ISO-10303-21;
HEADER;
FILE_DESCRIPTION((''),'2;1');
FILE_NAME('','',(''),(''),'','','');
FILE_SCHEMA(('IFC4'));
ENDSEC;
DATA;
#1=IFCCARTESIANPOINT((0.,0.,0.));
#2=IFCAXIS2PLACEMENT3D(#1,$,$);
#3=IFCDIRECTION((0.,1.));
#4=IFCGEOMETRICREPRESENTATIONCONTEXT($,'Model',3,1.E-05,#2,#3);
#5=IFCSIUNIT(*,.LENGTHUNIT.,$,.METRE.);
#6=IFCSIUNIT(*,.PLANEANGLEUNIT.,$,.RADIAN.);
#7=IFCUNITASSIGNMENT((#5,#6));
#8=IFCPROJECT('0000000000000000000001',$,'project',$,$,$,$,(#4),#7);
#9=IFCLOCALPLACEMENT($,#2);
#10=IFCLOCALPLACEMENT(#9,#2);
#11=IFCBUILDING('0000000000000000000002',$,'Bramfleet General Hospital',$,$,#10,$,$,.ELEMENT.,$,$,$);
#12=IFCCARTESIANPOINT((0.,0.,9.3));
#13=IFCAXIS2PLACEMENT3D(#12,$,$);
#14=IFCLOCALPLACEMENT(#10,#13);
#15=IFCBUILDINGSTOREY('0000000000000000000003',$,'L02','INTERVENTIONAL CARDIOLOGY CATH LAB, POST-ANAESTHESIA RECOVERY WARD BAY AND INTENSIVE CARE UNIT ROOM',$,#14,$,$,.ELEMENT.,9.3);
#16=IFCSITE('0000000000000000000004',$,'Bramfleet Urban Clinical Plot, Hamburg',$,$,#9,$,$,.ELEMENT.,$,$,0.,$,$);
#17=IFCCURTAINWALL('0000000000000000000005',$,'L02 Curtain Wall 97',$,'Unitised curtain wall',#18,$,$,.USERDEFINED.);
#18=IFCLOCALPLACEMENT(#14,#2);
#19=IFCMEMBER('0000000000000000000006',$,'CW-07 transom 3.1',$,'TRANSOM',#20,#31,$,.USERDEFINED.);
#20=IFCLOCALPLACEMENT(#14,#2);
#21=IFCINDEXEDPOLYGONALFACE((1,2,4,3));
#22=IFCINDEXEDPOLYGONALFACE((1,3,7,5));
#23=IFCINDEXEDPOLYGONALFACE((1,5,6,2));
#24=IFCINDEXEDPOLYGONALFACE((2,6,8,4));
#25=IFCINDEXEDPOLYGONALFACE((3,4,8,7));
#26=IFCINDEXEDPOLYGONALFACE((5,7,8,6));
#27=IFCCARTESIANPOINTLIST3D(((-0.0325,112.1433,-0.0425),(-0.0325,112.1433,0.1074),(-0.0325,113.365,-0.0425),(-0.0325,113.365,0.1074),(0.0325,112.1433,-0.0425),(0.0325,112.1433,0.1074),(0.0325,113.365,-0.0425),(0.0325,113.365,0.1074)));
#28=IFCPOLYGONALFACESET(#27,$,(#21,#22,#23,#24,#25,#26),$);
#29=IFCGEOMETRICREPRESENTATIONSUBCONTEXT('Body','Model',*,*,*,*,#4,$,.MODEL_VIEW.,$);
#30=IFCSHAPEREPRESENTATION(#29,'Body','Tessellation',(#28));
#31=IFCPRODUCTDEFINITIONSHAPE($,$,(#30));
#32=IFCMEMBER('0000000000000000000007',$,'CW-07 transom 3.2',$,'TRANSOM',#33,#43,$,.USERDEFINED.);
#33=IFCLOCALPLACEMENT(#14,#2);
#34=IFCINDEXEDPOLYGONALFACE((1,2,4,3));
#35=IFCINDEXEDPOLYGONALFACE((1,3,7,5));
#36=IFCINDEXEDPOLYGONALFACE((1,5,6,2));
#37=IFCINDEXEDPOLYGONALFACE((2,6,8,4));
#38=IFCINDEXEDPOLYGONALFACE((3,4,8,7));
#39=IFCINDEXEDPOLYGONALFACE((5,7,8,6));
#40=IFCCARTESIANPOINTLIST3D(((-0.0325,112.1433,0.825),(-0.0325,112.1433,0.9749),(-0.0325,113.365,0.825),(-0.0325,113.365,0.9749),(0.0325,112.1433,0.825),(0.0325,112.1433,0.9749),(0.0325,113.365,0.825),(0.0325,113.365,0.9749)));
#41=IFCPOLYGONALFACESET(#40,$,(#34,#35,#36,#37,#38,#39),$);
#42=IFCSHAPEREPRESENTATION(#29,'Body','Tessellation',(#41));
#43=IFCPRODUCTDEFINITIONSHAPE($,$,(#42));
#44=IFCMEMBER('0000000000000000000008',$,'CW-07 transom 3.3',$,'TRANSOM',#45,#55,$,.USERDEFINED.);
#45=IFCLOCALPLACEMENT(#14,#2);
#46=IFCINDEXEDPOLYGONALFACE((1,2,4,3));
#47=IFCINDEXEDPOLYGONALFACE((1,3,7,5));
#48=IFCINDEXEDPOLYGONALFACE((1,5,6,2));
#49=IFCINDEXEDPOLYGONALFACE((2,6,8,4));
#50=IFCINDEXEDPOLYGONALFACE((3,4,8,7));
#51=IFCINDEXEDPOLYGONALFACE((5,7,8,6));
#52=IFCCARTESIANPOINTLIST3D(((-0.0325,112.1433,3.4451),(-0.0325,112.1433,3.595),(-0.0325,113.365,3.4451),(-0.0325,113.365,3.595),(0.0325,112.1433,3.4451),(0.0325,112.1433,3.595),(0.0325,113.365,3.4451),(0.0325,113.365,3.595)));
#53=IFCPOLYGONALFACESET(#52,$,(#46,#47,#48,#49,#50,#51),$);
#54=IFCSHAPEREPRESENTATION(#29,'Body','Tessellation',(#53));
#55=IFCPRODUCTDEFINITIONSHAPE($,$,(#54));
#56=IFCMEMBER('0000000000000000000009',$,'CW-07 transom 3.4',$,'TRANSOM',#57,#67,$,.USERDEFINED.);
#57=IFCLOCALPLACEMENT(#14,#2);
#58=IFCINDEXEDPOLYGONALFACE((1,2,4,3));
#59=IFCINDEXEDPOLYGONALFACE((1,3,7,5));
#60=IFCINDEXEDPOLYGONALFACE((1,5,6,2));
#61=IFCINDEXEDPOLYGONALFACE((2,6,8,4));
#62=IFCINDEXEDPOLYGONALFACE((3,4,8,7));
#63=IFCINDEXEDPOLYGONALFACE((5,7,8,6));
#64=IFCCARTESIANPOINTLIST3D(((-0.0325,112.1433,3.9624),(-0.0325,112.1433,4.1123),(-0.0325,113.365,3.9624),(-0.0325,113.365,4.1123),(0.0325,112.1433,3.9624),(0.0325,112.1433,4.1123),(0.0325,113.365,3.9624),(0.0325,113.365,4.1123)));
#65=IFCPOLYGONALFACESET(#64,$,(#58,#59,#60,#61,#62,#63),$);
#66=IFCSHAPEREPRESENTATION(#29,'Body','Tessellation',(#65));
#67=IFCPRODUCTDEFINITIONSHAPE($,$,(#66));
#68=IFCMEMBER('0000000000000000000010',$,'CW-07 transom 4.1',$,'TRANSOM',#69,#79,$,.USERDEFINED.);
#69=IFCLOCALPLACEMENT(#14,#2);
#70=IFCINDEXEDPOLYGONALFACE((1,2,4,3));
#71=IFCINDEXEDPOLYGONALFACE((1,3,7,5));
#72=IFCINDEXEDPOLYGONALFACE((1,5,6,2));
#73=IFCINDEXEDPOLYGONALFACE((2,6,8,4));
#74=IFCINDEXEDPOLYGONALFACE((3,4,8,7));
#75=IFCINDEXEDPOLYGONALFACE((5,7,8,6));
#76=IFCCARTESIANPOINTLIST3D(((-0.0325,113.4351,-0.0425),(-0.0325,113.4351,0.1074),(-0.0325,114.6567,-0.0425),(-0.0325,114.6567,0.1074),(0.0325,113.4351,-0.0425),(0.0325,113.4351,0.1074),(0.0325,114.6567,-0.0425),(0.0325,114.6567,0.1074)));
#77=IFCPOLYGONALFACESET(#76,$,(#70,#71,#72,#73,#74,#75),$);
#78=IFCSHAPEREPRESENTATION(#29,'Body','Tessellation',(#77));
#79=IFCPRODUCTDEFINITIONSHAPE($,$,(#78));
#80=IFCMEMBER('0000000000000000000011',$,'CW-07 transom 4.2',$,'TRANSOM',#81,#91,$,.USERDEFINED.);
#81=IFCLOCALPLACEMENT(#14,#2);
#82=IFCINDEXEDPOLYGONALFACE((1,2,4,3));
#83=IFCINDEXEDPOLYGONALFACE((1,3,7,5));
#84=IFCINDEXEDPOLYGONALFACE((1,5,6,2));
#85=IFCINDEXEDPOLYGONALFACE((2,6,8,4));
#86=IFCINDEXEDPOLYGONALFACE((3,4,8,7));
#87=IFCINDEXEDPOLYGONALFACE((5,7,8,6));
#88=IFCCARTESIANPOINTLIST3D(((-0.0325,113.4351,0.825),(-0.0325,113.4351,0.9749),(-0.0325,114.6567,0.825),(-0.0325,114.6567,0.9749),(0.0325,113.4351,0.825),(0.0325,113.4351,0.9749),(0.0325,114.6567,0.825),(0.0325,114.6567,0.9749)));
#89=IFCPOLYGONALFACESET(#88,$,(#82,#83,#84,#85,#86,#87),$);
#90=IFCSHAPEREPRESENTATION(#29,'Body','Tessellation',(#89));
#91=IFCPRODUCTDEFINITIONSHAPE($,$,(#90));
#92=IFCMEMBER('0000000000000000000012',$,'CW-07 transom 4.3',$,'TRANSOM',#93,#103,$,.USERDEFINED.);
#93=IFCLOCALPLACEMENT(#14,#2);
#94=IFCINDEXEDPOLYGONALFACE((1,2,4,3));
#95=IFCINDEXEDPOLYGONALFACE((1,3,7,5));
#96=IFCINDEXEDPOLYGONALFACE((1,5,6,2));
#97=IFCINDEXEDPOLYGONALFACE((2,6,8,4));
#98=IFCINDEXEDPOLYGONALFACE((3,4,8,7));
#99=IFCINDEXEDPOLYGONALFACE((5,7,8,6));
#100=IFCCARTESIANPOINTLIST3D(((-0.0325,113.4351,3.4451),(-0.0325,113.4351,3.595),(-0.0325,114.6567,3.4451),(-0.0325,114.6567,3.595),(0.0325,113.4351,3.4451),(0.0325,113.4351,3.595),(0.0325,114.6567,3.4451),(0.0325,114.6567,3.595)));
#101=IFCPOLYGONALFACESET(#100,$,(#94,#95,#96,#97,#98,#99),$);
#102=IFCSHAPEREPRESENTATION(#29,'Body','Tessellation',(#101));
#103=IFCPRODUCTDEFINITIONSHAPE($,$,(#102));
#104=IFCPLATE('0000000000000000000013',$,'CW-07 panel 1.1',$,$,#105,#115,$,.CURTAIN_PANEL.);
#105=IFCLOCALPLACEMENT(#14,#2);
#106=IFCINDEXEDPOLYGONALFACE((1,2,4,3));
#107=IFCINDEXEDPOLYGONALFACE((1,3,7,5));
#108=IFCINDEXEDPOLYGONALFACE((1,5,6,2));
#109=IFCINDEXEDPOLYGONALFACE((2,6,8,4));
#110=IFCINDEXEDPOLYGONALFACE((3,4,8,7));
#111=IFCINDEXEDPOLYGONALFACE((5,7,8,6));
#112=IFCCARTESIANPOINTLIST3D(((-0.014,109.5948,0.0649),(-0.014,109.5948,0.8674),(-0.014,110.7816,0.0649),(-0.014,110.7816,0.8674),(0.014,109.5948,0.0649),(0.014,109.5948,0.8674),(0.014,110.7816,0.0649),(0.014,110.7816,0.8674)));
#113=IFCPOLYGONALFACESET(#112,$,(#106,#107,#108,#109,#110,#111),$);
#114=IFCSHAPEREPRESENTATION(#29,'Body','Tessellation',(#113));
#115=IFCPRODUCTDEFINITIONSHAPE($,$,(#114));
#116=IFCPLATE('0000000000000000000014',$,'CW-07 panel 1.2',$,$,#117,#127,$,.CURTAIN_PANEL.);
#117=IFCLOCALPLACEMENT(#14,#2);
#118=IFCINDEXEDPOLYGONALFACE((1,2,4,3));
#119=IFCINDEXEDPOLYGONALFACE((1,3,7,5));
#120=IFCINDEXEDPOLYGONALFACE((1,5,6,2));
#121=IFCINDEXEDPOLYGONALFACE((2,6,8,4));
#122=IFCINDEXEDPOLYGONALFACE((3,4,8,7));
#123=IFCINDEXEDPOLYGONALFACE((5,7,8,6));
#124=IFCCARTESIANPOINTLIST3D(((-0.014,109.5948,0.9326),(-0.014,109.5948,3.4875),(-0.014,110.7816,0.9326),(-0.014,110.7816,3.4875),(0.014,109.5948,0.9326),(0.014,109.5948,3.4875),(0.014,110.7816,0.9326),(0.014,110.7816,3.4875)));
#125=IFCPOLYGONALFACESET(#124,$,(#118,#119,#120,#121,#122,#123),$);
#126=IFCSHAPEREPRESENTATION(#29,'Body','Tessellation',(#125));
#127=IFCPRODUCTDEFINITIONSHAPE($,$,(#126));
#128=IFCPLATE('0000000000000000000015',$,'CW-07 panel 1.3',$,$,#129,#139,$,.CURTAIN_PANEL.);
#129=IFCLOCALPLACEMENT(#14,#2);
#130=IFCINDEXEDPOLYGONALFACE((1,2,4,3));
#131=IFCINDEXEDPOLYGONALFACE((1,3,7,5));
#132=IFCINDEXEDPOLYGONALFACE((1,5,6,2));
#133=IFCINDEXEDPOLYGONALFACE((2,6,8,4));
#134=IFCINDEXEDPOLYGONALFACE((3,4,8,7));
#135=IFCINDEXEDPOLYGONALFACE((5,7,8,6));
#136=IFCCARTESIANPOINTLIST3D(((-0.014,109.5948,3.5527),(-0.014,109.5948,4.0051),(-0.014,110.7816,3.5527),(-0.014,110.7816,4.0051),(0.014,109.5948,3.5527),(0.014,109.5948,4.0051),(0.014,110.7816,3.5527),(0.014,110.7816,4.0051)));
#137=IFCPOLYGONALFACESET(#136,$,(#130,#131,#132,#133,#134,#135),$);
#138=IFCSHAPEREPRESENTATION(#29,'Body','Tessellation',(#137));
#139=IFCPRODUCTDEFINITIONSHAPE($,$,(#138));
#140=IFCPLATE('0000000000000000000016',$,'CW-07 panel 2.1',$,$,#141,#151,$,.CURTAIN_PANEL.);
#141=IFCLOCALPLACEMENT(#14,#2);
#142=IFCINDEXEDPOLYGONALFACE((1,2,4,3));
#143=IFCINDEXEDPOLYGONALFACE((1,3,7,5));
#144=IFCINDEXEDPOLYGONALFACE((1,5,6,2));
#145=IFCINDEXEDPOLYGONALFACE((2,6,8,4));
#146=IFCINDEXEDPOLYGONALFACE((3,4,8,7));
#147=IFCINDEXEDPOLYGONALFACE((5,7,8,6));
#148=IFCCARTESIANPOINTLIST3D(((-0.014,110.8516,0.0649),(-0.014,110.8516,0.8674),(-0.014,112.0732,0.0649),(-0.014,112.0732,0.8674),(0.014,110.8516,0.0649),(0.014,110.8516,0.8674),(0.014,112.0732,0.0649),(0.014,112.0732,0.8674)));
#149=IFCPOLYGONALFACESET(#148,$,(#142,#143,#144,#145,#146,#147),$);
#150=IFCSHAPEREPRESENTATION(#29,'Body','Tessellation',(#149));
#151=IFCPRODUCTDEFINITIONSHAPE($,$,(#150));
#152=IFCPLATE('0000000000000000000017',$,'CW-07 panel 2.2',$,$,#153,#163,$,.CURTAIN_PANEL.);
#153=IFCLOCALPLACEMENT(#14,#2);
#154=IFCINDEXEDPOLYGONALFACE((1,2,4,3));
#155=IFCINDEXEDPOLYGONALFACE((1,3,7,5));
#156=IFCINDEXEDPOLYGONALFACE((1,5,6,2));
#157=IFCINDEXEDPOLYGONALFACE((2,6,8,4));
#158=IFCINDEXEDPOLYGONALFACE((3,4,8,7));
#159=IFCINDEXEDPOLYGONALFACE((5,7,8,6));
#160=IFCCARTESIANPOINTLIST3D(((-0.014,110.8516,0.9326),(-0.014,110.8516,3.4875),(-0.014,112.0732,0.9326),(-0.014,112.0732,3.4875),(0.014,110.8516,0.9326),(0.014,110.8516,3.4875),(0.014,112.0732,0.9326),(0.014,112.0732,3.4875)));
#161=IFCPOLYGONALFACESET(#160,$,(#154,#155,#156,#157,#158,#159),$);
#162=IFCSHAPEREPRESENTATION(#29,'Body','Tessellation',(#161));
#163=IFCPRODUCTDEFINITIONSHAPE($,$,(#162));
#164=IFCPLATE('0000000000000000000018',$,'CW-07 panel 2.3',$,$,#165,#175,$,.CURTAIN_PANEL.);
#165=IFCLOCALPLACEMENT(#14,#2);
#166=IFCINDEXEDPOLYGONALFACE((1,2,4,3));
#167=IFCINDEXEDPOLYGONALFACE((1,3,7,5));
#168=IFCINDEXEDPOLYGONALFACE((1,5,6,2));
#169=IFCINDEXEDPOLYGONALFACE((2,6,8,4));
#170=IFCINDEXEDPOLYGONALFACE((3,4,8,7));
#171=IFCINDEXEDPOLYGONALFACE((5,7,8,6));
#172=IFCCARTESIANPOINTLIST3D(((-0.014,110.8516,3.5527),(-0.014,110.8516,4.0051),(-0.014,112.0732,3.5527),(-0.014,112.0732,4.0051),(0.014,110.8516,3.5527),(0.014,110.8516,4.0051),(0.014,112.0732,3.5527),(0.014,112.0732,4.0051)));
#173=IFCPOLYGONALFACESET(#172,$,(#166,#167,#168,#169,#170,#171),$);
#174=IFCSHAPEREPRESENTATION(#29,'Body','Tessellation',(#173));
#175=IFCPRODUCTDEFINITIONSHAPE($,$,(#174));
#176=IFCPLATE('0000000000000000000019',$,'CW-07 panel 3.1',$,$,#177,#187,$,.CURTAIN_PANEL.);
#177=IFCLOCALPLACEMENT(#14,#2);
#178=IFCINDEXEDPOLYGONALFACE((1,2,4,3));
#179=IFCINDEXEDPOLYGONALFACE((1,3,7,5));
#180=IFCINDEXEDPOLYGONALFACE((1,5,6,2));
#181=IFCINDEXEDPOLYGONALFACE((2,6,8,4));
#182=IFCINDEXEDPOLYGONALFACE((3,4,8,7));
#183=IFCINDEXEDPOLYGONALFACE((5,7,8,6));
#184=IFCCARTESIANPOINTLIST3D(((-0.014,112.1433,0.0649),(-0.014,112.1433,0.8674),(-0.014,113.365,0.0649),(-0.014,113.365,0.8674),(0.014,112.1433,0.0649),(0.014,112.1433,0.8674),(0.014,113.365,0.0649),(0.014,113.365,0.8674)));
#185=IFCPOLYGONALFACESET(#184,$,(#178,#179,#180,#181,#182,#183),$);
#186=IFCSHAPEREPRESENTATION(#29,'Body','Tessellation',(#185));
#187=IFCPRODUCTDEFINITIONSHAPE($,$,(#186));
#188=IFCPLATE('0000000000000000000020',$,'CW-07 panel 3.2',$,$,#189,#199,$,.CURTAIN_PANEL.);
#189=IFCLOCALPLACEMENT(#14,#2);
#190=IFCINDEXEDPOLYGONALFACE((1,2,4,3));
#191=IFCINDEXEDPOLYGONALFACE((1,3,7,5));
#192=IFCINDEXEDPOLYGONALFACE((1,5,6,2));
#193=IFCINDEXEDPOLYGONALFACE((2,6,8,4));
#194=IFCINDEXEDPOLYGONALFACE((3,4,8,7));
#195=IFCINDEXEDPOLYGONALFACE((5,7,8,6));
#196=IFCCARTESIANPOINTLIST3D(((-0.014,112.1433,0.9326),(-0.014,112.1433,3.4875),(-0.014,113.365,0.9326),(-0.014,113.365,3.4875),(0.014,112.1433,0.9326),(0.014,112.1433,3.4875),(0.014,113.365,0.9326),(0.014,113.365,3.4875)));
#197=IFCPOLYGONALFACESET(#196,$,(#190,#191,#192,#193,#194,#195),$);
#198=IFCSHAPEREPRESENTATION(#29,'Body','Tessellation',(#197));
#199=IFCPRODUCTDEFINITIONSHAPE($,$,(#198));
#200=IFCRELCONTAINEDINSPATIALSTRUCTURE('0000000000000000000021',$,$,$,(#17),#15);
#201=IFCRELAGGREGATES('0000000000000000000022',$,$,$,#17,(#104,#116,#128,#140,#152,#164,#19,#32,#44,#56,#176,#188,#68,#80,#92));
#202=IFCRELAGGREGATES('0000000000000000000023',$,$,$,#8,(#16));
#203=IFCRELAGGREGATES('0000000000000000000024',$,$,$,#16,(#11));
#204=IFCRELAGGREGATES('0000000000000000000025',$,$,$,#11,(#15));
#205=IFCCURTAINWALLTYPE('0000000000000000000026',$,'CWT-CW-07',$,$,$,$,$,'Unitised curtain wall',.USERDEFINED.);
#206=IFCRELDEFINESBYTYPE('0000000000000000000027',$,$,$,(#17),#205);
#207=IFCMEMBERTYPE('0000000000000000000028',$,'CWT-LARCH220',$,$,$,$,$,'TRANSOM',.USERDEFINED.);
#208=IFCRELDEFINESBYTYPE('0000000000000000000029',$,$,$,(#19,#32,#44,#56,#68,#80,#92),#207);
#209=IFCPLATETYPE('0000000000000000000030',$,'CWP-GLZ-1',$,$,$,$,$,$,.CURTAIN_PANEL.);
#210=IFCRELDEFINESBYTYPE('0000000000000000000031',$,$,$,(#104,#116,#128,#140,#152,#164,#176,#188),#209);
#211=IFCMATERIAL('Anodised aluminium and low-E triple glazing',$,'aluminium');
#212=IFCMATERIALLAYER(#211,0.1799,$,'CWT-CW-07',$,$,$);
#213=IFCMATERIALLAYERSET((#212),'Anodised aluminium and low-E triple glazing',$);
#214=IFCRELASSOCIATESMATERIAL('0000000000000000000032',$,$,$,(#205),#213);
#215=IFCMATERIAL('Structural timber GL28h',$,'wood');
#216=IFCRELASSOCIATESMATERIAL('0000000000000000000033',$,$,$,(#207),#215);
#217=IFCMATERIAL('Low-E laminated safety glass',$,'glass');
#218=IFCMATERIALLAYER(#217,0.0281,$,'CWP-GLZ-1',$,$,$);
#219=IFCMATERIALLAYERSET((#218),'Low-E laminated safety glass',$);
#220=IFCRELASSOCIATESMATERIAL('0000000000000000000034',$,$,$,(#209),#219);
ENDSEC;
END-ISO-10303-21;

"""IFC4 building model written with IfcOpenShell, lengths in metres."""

from ifc_helpers import new_model, si_unit, direction, frame, origin, origin_2d, place, context, subcontext, project, spatial, rectangle, extrude, material, layer, layer_set, material_profile, profile_set, type_object, element, aggregate, save


model = new_model("IFC4")

# Units and contexts
model_context = context("Model", 3, precision=1e-05, world=origin(), true_north=direction((0.0, 1.0)))
body_context = subcontext(model_context, "Body", "Model", "MODEL_VIEW")
ifc_project = project(units=[si_unit("LENGTHUNIT", "METRE"), si_unit("PLANEANGLEUNIT", "RADIAN")], contexts=[model_context])

# Site, building, storey
site_placement = place(None, origin())
site = spatial("IfcSite", under=ifc_project, at=site_placement, Name="Bramfleet Urban Clinical Plot, Hamburg", CompositionType="ELEMENT", RefElevation=0.0)
building_placement = place(site_placement, origin())
building = spatial("IfcBuilding", under=site, at=building_placement, Name="Bramfleet General Hospital", CompositionType="ELEMENT")
storey_placement = place(building_placement, frame((0.0, 0.0, 9.3)))
storey = spatial("IfcBuildingStorey", under=building, at=storey_placement, Name="L02", Description="INTERVENTIONAL CARDIOLOGY CATH LAB, POST-ANAESTHESIA RECOVERY WARD BAY AND INTENSIVE CARE UNIT ROOM", CompositionType="ELEMENT", Elevation=9.3)

# Curtain wall, members, plates
ifc_material_1 = material(Name="Anodised aluminium and low-E triple glazing", Category="aluminium")
ifc_layer_1 = layer(ifc_material_1, 0.1799, Name="CWT-CW-07")
ifc_layer_set_1 = layer_set([ifc_layer_1], Name="Anodised aluminium and low-E triple glazing")
curtain_wall_type = type_object("IfcCurtainWallType", Name="CWT-CW-07", ElementType="Unitised curtain wall", PredefinedType="USERDEFINED", material=ifc_layer_set_1)
curtain_wall_placement = place(storey_placement, origin())
curtain_wall = element("IfcCurtainWall", 1, at=curtain_wall_placement, inside=storey, type_object=curtain_wall_type, Name="L02 Curtain Wall 97", ObjectType="Unitised curtain wall", PredefinedType="USERDEFINED")
ifc_material_2 = material(Name="Structural timber GL28h", Category="wood")
ifc_material_profile_1 = material_profile(ifc_material_2, rectangle(XDim=0.0649, YDim=0.1499, at=origin_2d()), Name="LARCH 150x65")
ifc_profile_set_1 = profile_set([ifc_material_profile_1], Name="Structural timber GL28h")
member_type_1 = type_object("IfcMemberType", Name="CWT-LARCH220", ElementType="TRANSOM", PredefinedType="USERDEFINED", material=ifc_profile_set_1)
member_1_placement = place(storey_placement, frame((0.0, 112.1433, 0.0325), z_axis=(0.0, 1.0, 0.0), x_axis=(-1.0, 0.0, 0.0)))
member_1 = element("IfcMember", 2, at=member_1_placement, type_object=member_type_1, Name="CW-07 transom 3.1", ObjectType="TRANSOM", PredefinedType="USERDEFINED", context=body_context, shape_type="SweptSolid", body=[
    extrude(rectangle(XDim=0.0649, YDim=0.1499, at=origin_2d()), origin(), (0.0, 0.0, 1.0), 1.2217),
])
member_2_placement = place(storey_placement, frame((0.0, 112.1433, 0.8999), z_axis=(0.0, 1.0, 0.0), x_axis=(-1.0, 0.0, 0.0)))
member_2 = element("IfcMember", 3, at=member_2_placement, type_object=member_type_1, Name="CW-07 transom 3.2", ObjectType="TRANSOM", PredefinedType="USERDEFINED", context=body_context, shape_type="SweptSolid", body=[
    extrude(rectangle(XDim=0.0649, YDim=0.1499, at=origin_2d()), origin(), (0.0, 0.0, 1.0), 1.2217),
])
member_3_placement = place(storey_placement, frame((0.0, 112.1433, 3.52), z_axis=(0.0, 1.0, 0.0), x_axis=(-1.0, 0.0, 0.0)))
member_3 = element("IfcMember", 4, at=member_3_placement, type_object=member_type_1, Name="CW-07 transom 3.3", ObjectType="TRANSOM", PredefinedType="USERDEFINED", context=body_context, shape_type="SweptSolid", body=[
    extrude(rectangle(XDim=0.0649, YDim=0.1499, at=origin_2d()), origin(), (0.0, 0.0, 1.0), 1.2217),
])
member_4_placement = place(storey_placement, frame((0.0, 112.1433, 4.0374), z_axis=(0.0, 1.0, 0.0), x_axis=(-1.0, 0.0, 0.0)))
member_4 = element("IfcMember", 5, at=member_4_placement, type_object=member_type_1, Name="CW-07 transom 3.4", ObjectType="TRANSOM", PredefinedType="USERDEFINED", context=body_context, shape_type="SweptSolid", body=[
    extrude(rectangle(XDim=0.0649, YDim=0.1499, at=origin_2d()), origin(), (0.0, 0.0, 1.0), 1.2217),
])
member_5_placement = place(storey_placement, frame((0.0, 113.4351, 0.0325), z_axis=(0.0, 1.0, 0.0), x_axis=(-1.0, 0.0, 0.0)))
member_5 = element("IfcMember", 6, at=member_5_placement, type_object=member_type_1, Name="CW-07 transom 4.1", ObjectType="TRANSOM", PredefinedType="USERDEFINED", context=body_context, shape_type="SweptSolid", body=[
    extrude(rectangle(XDim=0.0649, YDim=0.1499, at=origin_2d()), origin(), (0.0, 0.0, 1.0), 1.2217),
])
member_6_placement = place(storey_placement, frame((0.0, 113.4351, 0.8999), z_axis=(0.0, 1.0, 0.0), x_axis=(-1.0, 0.0, 0.0)))
member_6 = element("IfcMember", 7, at=member_6_placement, type_object=member_type_1, Name="CW-07 transom 4.2", ObjectType="TRANSOM", PredefinedType="USERDEFINED", context=body_context, shape_type="SweptSolid", body=[
    extrude(rectangle(XDim=0.0649, YDim=0.1499, at=origin_2d()), origin(), (0.0, 0.0, 1.0), 1.2217),
])
member_7_placement = place(storey_placement, frame((0.0, 113.4351, 3.52), z_axis=(0.0, 1.0, 0.0), x_axis=(-1.0, 0.0, 0.0)))
member_7 = element("IfcMember", 8, at=member_7_placement, type_object=member_type_1, Name="CW-07 transom 4.3", ObjectType="TRANSOM", PredefinedType="USERDEFINED", context=body_context, shape_type="SweptSolid", body=[
    extrude(rectangle(XDim=0.0649, YDim=0.1499, at=origin_2d()), origin(), (0.0, 0.0, 1.0), 1.2217),
])
ifc_material_3 = material(Name="Low-E laminated safety glass", Category="glass")
ifc_layer_2 = layer(ifc_material_3, 0.0281, Name="CWP-GLZ-1")
ifc_layer_set_2 = layer_set([ifc_layer_2], Name="Low-E laminated safety glass")
plate_type = type_object("IfcPlateType", Name="CWP-GLZ-1", PredefinedType="CURTAIN_PANEL", material=ifc_layer_set_2)
plate_1_placement = place(storey_placement, frame((0.0, 110.1882, 0.0649), z_axis=(0.0, 0.0, 1.0), x_axis=(0.0, 1.0, 0.0)))
plate_1 = element("IfcPlate", 9, at=plate_1_placement, type_object=plate_type, Name="CW-07 panel 1.1", PredefinedType="CURTAIN_PANEL", context=body_context, shape_type="SweptSolid", body=[
    extrude(rectangle(XDim=1.1868, YDim=0.0281, at=origin_2d()), origin(), (0.0, 0.0, 1.0), 0.8025),
])
plate_2_placement = place(storey_placement, frame((0.0, 110.1882, 0.9326), z_axis=(0.0, 0.0, 1.0), x_axis=(0.0, 1.0, 0.0)))
plate_2 = element("IfcPlate", 10, at=plate_2_placement, type_object=plate_type, Name="CW-07 panel 1.2", PredefinedType="CURTAIN_PANEL", context=body_context, shape_type="SweptSolid", body=[
    extrude(rectangle(XDim=1.1868, YDim=0.0281, at=origin_2d()), origin(), (0.0, 0.0, 1.0), 2.5549),
])
plate_3_placement = place(storey_placement, frame((0.0, 110.1882, 3.5527), z_axis=(0.0, 0.0, 1.0), x_axis=(0.0, 1.0, 0.0)))
plate_3 = element("IfcPlate", 11, at=plate_3_placement, type_object=plate_type, Name="CW-07 panel 1.3", PredefinedType="CURTAIN_PANEL", context=body_context, shape_type="SweptSolid", body=[
    extrude(rectangle(XDim=1.1868, YDim=0.0281, at=origin_2d()), origin(), (0.0, 0.0, 1.0), 0.4524),
])
plate_4_placement = place(storey_placement, frame((0.0, 111.4624, 0.0649), z_axis=(0.0, 0.0, 1.0), x_axis=(0.0, 1.0, 0.0)))
plate_4 = element("IfcPlate", 12, at=plate_4_placement, type_object=plate_type, Name="CW-07 panel 2.1", PredefinedType="CURTAIN_PANEL", context=body_context, shape_type="SweptSolid", body=[
    extrude(rectangle(XDim=1.2217, YDim=0.0281, at=origin_2d()), origin(), (0.0, 0.0, 1.0), 0.8025),
])
plate_5_placement = place(storey_placement, frame((0.0, 111.4624, 0.9326), z_axis=(0.0, 0.0, 1.0), x_axis=(0.0, 1.0, 0.0)))
plate_5 = element("IfcPlate", 13, at=plate_5_placement, type_object=plate_type, Name="CW-07 panel 2.2", PredefinedType="CURTAIN_PANEL", context=body_context, shape_type="SweptSolid", body=[
    extrude(rectangle(XDim=1.2217, YDim=0.0281, at=origin_2d()), origin(), (0.0, 0.0, 1.0), 2.5549),
])
plate_6_placement = place(storey_placement, frame((0.0, 111.4624, 3.5527), z_axis=(0.0, 0.0, 1.0), x_axis=(0.0, 1.0, 0.0)))
plate_6 = element("IfcPlate", 14, at=plate_6_placement, type_object=plate_type, Name="CW-07 panel 2.3", PredefinedType="CURTAIN_PANEL", context=body_context, shape_type="SweptSolid", body=[
    extrude(rectangle(XDim=1.2217, YDim=0.0281, at=origin_2d()), origin(), (0.0, 0.0, 1.0), 0.4524),
])
plate_7_placement = place(storey_placement, frame((0.0, 112.7542, 0.0649), z_axis=(0.0, 0.0, 1.0), x_axis=(0.0, 1.0, 0.0)))
plate_7 = element("IfcPlate", 15, at=plate_7_placement, type_object=plate_type, Name="CW-07 panel 3.1", PredefinedType="CURTAIN_PANEL", context=body_context, shape_type="SweptSolid", body=[
    extrude(rectangle(XDim=1.2217, YDim=0.0281, at=origin_2d()), origin(), (0.0, 0.0, 1.0), 0.8025),
])
plate_8_placement = place(storey_placement, frame((0.0, 112.7542, 0.9326), z_axis=(0.0, 0.0, 1.0), x_axis=(0.0, 1.0, 0.0)))
plate_8 = element("IfcPlate", 16, at=plate_8_placement, type_object=plate_type, Name="CW-07 panel 3.2", PredefinedType="CURTAIN_PANEL", context=body_context, shape_type="SweptSolid", body=[
    extrude(rectangle(XDim=1.2217, YDim=0.0281, at=origin_2d()), origin(), (0.0, 0.0, 1.0), 2.5549),
])
aggregate(curtain_wall, [plate_1, plate_2, plate_3, plate_4, plate_5, plate_6, member_1, member_2, member_3, member_4, plate_7, plate_8, member_5, member_6, member_7])

save(model, "model.ifc")
